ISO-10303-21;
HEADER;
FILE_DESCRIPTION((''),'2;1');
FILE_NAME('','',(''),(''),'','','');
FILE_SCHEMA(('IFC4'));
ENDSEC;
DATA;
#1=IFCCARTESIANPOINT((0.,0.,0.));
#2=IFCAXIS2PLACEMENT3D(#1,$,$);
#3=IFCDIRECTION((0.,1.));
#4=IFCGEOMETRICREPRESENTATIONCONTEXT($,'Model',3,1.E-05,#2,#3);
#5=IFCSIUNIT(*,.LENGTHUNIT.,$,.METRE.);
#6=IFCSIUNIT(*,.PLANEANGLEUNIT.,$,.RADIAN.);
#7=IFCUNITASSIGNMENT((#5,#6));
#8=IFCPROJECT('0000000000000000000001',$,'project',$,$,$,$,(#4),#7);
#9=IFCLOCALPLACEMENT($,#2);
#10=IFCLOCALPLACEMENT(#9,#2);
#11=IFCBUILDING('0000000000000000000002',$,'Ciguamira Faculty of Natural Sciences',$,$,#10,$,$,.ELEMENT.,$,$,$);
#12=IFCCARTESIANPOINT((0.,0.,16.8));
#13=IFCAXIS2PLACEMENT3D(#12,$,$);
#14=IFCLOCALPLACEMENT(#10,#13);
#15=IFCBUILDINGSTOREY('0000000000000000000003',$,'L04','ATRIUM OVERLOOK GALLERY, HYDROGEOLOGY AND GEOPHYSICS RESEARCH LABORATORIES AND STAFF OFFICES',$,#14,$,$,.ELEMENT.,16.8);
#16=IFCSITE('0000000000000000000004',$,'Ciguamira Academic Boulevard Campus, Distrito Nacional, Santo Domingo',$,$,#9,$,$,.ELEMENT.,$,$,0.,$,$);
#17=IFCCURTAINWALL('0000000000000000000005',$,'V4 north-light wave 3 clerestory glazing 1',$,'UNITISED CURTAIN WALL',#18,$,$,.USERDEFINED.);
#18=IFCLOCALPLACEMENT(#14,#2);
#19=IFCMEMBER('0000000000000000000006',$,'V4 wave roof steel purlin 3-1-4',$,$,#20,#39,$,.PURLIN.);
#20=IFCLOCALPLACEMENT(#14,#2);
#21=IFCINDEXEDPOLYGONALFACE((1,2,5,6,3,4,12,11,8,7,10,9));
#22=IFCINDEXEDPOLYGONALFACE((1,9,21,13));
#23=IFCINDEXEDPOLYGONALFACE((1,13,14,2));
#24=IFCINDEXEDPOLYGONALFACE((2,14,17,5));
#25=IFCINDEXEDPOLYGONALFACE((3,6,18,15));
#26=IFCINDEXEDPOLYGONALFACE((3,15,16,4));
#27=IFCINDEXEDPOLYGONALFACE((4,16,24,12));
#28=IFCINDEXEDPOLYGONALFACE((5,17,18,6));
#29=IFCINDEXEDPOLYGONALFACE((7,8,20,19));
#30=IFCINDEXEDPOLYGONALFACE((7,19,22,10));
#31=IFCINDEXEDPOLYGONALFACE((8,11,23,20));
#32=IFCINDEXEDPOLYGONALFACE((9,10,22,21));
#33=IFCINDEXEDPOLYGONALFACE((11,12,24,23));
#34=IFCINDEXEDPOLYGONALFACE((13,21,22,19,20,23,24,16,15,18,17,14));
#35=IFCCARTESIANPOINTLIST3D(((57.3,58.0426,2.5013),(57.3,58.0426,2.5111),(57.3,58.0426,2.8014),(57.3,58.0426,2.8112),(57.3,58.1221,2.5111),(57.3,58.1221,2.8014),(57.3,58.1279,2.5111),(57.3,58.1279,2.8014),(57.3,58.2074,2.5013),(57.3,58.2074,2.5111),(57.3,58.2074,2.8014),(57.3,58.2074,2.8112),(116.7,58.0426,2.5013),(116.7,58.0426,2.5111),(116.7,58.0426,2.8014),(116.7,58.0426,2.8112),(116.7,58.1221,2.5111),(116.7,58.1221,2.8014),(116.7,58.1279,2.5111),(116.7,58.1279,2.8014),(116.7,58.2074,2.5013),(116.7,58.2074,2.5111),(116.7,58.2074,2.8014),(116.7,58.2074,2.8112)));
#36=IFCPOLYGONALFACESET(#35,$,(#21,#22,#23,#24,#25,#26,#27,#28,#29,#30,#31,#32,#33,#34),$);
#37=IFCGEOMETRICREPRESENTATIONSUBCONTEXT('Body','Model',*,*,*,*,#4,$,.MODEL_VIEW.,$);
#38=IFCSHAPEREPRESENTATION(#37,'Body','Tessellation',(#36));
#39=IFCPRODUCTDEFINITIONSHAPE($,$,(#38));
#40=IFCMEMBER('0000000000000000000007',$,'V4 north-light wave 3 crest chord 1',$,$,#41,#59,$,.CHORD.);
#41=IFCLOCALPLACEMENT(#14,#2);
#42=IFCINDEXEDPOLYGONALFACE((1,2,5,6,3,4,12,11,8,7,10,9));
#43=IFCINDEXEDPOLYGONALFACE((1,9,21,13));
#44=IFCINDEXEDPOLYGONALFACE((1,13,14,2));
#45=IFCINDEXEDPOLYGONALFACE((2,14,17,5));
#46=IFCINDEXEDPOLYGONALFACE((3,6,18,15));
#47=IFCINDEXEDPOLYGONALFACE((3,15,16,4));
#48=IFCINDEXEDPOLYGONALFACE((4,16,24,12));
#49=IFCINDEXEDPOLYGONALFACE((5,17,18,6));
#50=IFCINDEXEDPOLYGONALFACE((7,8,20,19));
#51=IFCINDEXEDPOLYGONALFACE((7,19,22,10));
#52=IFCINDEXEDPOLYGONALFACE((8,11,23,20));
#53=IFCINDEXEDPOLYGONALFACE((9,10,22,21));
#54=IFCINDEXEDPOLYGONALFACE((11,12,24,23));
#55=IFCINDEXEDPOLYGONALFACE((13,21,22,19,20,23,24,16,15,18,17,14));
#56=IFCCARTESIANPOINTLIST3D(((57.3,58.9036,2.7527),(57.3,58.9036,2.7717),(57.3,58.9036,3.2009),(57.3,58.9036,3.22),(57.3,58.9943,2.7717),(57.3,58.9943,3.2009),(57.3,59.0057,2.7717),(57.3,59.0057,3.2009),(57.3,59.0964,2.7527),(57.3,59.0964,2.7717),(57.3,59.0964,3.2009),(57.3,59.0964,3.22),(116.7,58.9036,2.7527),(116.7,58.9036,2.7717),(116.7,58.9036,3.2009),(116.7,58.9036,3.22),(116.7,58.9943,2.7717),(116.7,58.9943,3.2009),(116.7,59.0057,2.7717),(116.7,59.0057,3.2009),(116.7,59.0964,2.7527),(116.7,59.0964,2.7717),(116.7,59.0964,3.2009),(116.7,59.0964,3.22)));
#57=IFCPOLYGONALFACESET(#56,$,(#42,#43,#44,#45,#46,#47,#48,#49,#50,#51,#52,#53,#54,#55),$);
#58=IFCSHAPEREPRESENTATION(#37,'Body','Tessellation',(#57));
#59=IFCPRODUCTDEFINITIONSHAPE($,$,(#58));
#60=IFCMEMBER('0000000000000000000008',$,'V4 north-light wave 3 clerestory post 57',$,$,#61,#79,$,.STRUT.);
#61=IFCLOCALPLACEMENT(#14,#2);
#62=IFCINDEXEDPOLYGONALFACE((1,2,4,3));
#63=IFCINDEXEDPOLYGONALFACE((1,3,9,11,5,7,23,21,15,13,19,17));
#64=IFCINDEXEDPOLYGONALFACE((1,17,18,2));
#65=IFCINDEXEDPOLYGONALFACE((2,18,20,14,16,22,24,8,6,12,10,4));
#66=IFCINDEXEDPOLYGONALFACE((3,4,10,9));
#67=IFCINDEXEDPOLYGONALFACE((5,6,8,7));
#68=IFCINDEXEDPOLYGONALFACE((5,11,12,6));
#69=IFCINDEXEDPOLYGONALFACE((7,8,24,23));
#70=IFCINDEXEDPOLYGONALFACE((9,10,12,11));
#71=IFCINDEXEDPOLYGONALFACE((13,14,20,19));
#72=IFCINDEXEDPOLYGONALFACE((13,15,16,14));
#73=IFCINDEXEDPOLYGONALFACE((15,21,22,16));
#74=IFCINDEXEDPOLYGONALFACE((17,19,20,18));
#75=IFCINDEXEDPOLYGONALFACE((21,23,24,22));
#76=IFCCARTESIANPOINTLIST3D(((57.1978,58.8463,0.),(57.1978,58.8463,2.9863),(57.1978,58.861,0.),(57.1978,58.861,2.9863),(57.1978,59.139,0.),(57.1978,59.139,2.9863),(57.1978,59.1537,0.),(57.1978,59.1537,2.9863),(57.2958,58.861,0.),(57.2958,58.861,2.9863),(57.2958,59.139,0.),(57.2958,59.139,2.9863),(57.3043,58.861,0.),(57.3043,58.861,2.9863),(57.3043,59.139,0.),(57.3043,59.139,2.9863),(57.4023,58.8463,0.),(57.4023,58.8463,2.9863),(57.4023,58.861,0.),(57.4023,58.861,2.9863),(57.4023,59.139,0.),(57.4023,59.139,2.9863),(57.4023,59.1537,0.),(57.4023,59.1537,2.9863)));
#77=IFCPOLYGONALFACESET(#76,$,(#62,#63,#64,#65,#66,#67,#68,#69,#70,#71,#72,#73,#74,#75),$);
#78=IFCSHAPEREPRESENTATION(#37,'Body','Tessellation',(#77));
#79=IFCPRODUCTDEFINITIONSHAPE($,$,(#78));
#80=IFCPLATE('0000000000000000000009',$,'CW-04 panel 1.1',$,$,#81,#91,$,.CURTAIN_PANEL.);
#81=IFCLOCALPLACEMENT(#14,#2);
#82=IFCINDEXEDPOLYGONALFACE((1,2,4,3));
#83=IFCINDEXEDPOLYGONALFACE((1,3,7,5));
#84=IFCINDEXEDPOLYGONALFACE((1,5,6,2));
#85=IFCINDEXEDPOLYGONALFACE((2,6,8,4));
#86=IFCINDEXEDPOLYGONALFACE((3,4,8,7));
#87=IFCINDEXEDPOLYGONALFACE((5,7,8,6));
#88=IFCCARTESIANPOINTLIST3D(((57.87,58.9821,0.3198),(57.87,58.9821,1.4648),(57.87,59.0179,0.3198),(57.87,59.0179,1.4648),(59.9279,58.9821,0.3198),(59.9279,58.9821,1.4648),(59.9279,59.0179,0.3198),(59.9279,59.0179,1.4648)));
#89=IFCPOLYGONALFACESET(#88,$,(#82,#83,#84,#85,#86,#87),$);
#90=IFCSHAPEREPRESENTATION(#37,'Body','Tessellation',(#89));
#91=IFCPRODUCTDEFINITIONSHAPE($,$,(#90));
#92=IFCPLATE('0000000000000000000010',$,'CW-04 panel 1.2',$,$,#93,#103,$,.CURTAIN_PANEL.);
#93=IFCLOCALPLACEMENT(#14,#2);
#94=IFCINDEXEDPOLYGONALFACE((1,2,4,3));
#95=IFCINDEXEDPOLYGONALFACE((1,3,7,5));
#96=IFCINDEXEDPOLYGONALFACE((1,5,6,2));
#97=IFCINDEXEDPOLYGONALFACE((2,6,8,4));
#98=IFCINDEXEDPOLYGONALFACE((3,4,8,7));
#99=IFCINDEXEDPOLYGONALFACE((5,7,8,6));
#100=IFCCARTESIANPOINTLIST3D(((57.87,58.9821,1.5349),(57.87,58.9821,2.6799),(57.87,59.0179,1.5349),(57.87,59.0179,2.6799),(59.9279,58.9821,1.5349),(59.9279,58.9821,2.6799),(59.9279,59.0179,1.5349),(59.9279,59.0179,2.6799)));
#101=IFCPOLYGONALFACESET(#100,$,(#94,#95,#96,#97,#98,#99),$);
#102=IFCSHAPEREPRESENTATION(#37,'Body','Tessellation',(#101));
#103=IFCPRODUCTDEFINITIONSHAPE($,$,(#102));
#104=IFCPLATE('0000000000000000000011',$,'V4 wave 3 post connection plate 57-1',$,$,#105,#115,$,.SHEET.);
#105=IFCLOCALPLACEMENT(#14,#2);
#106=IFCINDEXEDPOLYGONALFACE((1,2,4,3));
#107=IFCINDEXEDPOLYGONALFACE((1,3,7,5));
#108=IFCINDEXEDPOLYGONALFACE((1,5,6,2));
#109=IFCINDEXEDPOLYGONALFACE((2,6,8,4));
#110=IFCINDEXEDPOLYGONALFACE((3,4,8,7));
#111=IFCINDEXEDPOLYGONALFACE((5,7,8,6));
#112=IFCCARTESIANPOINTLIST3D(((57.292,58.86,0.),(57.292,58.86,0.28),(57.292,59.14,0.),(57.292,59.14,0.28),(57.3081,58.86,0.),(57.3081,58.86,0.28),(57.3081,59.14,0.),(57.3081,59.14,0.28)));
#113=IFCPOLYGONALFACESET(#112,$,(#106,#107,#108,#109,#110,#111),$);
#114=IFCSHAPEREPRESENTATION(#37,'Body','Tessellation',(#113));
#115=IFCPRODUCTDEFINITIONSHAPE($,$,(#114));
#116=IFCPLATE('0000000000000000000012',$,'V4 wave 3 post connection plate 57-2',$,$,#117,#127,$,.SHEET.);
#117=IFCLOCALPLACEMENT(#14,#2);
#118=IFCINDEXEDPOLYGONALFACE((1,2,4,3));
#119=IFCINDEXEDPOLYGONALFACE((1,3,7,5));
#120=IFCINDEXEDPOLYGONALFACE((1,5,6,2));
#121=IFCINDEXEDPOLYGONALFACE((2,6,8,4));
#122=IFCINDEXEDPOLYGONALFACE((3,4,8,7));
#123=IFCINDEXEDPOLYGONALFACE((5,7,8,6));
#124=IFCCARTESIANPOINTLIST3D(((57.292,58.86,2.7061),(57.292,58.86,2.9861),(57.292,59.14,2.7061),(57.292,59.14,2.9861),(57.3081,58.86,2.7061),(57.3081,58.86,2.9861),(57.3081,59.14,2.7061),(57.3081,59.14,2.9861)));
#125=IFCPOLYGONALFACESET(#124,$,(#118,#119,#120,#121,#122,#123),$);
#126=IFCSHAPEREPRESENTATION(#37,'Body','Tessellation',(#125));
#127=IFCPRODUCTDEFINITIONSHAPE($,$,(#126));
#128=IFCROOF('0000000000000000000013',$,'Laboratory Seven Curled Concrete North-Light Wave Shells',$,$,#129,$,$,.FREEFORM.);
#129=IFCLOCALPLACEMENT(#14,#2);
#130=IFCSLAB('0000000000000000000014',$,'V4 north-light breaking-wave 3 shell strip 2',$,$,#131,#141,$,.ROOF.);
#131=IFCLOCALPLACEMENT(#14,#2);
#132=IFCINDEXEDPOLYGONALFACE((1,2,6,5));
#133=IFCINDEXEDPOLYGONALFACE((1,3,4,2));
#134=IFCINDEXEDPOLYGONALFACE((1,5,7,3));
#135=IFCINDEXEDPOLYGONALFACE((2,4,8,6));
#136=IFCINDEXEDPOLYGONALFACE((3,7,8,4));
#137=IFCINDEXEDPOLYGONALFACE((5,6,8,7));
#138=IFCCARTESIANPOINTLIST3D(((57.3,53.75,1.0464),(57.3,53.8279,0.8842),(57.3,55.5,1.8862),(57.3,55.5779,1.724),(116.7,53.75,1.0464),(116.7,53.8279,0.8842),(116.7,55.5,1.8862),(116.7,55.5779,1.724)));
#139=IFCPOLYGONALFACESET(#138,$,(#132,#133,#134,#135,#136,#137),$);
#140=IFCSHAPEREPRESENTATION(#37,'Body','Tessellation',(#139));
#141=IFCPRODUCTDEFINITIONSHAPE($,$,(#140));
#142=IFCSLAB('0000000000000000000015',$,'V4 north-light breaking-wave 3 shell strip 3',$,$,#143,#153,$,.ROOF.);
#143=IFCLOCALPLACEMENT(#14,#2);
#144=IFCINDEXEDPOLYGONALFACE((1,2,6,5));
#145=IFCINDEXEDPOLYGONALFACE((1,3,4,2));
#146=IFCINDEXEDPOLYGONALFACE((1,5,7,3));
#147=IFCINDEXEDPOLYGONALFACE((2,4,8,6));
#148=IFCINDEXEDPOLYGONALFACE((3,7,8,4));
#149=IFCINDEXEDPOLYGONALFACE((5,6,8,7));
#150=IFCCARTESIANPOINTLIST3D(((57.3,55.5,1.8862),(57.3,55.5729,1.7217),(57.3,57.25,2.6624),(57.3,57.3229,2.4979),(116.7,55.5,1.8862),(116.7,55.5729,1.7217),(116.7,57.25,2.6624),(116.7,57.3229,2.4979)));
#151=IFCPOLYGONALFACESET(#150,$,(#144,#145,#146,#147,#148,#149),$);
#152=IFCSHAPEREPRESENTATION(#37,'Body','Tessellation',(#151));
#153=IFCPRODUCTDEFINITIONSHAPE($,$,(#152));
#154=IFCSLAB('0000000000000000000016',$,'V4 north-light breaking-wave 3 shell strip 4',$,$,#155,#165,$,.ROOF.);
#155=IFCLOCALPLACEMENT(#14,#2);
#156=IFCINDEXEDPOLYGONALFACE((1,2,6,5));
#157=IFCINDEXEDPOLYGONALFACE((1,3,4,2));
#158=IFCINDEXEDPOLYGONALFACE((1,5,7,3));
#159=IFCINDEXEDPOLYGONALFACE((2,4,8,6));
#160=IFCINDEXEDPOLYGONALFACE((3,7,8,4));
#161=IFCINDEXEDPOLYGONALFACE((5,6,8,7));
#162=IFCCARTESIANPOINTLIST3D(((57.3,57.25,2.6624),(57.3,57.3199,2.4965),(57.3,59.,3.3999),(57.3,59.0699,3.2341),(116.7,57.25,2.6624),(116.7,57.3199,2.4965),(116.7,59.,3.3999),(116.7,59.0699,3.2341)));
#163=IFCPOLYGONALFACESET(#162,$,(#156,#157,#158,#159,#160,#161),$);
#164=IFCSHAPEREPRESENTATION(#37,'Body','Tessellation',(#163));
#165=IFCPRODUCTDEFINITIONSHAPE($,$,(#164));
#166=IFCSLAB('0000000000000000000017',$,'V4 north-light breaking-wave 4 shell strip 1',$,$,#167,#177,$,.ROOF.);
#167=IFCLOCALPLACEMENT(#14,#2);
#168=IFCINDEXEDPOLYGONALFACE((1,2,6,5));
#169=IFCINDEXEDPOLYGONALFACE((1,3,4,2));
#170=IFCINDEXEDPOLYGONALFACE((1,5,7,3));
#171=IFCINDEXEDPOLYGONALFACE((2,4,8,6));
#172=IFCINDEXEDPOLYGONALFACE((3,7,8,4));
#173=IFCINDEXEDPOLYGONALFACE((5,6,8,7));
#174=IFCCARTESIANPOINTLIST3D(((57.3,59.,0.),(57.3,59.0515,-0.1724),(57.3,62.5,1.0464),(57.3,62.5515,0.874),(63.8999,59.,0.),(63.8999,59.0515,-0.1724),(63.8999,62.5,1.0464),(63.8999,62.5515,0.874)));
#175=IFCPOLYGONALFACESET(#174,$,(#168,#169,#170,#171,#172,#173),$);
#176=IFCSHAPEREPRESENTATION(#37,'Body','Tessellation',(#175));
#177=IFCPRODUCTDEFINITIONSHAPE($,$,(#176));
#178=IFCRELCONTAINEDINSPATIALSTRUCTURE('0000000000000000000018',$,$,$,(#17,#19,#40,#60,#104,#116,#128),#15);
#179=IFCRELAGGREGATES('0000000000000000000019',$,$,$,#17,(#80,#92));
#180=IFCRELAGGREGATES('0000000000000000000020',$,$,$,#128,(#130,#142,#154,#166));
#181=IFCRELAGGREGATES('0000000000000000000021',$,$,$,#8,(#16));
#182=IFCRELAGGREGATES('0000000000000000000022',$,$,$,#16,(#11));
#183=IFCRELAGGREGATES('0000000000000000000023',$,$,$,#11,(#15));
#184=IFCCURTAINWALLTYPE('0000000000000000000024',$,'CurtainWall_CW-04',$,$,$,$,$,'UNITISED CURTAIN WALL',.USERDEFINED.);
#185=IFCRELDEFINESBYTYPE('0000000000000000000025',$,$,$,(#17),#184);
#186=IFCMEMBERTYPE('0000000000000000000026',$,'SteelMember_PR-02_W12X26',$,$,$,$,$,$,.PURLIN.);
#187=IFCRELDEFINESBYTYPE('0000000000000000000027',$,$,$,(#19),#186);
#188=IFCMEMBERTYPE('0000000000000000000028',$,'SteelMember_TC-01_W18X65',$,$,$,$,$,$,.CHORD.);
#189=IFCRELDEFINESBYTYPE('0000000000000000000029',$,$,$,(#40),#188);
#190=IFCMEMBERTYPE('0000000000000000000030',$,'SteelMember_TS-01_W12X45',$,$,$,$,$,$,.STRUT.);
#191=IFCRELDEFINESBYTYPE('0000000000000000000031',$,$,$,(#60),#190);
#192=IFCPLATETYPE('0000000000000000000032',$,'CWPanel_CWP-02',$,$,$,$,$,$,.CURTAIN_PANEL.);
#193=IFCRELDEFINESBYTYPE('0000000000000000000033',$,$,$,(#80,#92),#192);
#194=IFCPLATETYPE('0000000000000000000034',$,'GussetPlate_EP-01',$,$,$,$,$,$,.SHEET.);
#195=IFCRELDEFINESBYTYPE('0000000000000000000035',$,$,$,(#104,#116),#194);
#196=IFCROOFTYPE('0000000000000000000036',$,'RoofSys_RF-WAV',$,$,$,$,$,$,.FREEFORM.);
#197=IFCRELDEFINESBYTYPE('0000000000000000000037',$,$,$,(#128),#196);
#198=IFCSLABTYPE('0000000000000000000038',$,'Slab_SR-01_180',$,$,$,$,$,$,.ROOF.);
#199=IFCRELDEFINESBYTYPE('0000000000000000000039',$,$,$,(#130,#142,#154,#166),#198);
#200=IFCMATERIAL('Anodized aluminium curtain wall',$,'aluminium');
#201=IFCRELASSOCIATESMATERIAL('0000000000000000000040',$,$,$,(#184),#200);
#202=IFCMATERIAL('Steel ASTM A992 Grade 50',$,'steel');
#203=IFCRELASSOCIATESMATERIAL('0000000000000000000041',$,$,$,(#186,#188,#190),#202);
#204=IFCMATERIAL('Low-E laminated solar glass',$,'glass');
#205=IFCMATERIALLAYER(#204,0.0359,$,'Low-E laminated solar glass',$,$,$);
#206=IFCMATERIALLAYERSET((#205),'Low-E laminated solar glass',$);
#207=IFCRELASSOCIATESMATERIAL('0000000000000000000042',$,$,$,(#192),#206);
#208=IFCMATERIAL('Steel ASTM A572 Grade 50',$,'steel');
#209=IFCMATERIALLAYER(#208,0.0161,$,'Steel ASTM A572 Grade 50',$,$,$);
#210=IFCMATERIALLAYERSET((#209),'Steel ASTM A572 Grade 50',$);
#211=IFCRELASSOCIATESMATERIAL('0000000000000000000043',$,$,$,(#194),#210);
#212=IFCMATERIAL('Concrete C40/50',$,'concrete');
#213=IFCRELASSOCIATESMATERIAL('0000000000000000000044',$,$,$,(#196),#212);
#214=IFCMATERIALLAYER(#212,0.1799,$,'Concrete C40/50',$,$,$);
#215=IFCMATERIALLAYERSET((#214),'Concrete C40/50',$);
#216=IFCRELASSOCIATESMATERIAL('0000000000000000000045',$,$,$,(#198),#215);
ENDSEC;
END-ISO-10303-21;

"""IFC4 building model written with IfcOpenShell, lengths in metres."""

from ifc_helpers import new_model, si_unit, direction, frame, origin, origin_2d, place, context, subcontext, project, spatial, polyline, rectangle, i_section, outline, extrude, material, layer, layer_set, material_profile, profile_set, type_object, element, aggregate, save


model = new_model("IFC4")

# Units and contexts
model_context = context("Model", 3, precision=1e-05, world=origin(), true_north=direction((0.0, 1.0)))
body_context = subcontext(model_context, "Body", "Model", "MODEL_VIEW")
ifc_project = project(units=[si_unit("LENGTHUNIT", "METRE"), si_unit("PLANEANGLEUNIT", "RADIAN")], contexts=[model_context])

# Site, building, storey
site_placement = place(None, origin())
site = spatial("IfcSite", under=ifc_project, at=site_placement, Name="Ciguamira Academic Boulevard Campus, Distrito Nacional, Santo Domingo", CompositionType="ELEMENT", RefElevation=0.0)
building_placement = place(site_placement, origin())
building = spatial("IfcBuilding", under=site, at=building_placement, Name="Ciguamira Faculty of Natural Sciences", CompositionType="ELEMENT")
storey_placement = place(building_placement, frame((0.0, 0.0, 16.8)))
storey = spatial("IfcBuildingStorey", under=building, at=storey_placement, Name="L04", Description="ATRIUM OVERLOOK GALLERY, HYDROGEOLOGY AND GEOPHYSICS RESEARCH LABORATORIES AND STAFF OFFICES", CompositionType="ELEMENT", Elevation=16.8)

# Curtain wall
ifc_material_1 = material(Name="Anodized aluminium curtain wall", Category="aluminium")
curtain_wall_type = type_object("IfcCurtainWallType", Name="CurtainWall_CW-04", ElementType="UNITISED CURTAIN WALL", PredefinedType="USERDEFINED", material=ifc_material_1)
curtain_wall_placement = place(storey_placement, origin())
curtain_wall = element("IfcCurtainWall", 1, at=curtain_wall_placement, inside=storey, type_object=curtain_wall_type, Name="V4 north-light wave 3 clerestory glazing 1", ObjectType="UNITISED CURTAIN WALL", PredefinedType="USERDEFINED")

# Shared definitions
ifc_material_2 = material(Name="Concrete C40/50", Category="concrete")

# Members
ifc_material_3 = material(Name="Steel ASTM A992 Grade 50", Category="steel")
ifc_material_profile_1 = material_profile(ifc_material_3, i_section(OverallWidth=0.1648, OverallDepth=0.3098, WebThickness=0.0059, FlangeThickness=0.0098, at=origin_2d()), Name="W12X26")
ifc_profile_set_1 = profile_set([ifc_material_profile_1], Name="Steel ASTM A992 Grade 50")
member_type_1 = type_object("IfcMemberType", Name="SteelMember_PR-02_W12X26", PredefinedType="PURLIN", material=ifc_profile_set_1)
for number, where, z_axis, x_axis, name in (
    (2, (57.3, 58.125, 2.6562), (1.0, 0.0, 0.0), (0.0, 1.0, 0.0), "V4 wave roof steel purlin 3-1-4"),
):
    element("IfcMember", number, at=place(storey_placement, frame(where, z_axis=z_axis, x_axis=x_axis)), inside=storey, type_object=member_type_1, Name=name, PredefinedType="PURLIN", context=body_context, shape_type="SweptSolid", body=[
        extrude(i_section(OverallWidth=0.1648, OverallDepth=0.3098, WebThickness=0.0059, FlangeThickness=0.0098, at=origin_2d()), origin(), (0.0, 0.0, 1.0), 59.3999),
    ])
ifc_material_profile_2 = material_profile(ifc_material_3, i_section(OverallWidth=0.1929, OverallDepth=0.4673, WebThickness=0.0115, FlangeThickness=0.019, at=origin_2d()), Name="W18X65")
ifc_profile_set_2 = profile_set([ifc_material_profile_2], Name="Steel ASTM A992 Grade 50")
member_type_2 = type_object("IfcMemberType", Name="SteelMember_TC-01_W18X65", PredefinedType="CHORD", material=ifc_profile_set_2)
member_1_placement = place(storey_placement, frame((57.3, 59.0, 2.9863), z_axis=(1.0, 0.0, 0.0), x_axis=(0.0, 1.0, 0.0)))
element("IfcMember", 3, at=member_1_placement, inside=storey, type_object=member_type_2, Name="V4 north-light wave 3 crest chord 1", PredefinedType="CHORD", context=body_context, shape_type="SweptSolid", body=[
    extrude(i_section(OverallWidth=0.1929, OverallDepth=0.4673, WebThickness=0.0115, FlangeThickness=0.019, at=origin_2d()), origin(), (0.0, 0.0, 1.0), 59.3999),
])
ifc_material_profile_3 = material_profile(ifc_material_3, i_section(OverallWidth=0.2046, OverallDepth=0.3074, WebThickness=0.0085, FlangeThickness=0.0146, at=origin_2d()), Name="W12X45")
ifc_profile_set_3 = profile_set([ifc_material_profile_3], Name="Steel ASTM A992 Grade 50")
member_type_3 = type_object("IfcMemberType", Name="SteelMember_TS-01_W12X45", PredefinedType="STRUT", material=ifc_profile_set_3)
member_2_placement = place(storey_placement, frame((57.3, 59.0, 0.0), z_axis=(0.0, 0.0, 1.0), x_axis=(1.0, 0.0, 0.0)))
element("IfcMember", 4, at=member_2_placement, inside=storey, type_object=member_type_3, Name="V4 north-light wave 3 clerestory post 57", PredefinedType="STRUT", context=body_context, shape_type="SweptSolid", body=[
    extrude(i_section(OverallWidth=0.2046, OverallDepth=0.3074, WebThickness=0.0085, FlangeThickness=0.0146, at=origin_2d()), origin(), (0.0, 0.0, 1.0), 2.9863),
])

# Plates
ifc_material_4 = material(Name="Low-E laminated solar glass", Category="glass")
ifc_layer_1 = layer(ifc_material_4, 0.0359, Name="Low-E laminated solar glass")
ifc_layer_set_1 = layer_set([ifc_layer_1], Name="Low-E laminated solar glass")
plate_type_1 = type_object("IfcPlateType", Name="CWPanel_CWP-02", PredefinedType="CURTAIN_PANEL", material=ifc_layer_set_1)
plate_1_placement = place(storey_placement, frame((58.8989, 59.0, 0.3198), z_axis=(0.0, 0.0, 1.0), x_axis=(1.0, 0.0, 0.0)))
plate_1 = element("IfcPlate", 5, at=plate_1_placement, type_object=plate_type_1, Name="CW-04 panel 1.1", PredefinedType="CURTAIN_PANEL", context=body_context, shape_type="SweptSolid", body=[
    extrude(rectangle(XDim=2.0579, YDim=0.0359, at=origin_2d()), origin(), (0.0, 0.0, 1.0), 1.145),
])
plate_2_placement = place(storey_placement, frame((58.8989, 59.0, 1.5349), z_axis=(0.0, 0.0, 1.0), x_axis=(1.0, 0.0, 0.0)))
plate_2 = element("IfcPlate", 6, at=plate_2_placement, type_object=plate_type_1, Name="CW-04 panel 1.2", PredefinedType="CURTAIN_PANEL", context=body_context, shape_type="SweptSolid", body=[
    extrude(rectangle(XDim=2.0579, YDim=0.0359, at=origin_2d()), origin(), (0.0, 0.0, 1.0), 1.145),
])
aggregate(curtain_wall, [plate_1, plate_2])

# Plates
ifc_material_5 = material(Name="Steel ASTM A572 Grade 50", Category="steel")
ifc_layer_2 = layer(ifc_material_5, 0.0161, Name="Steel ASTM A572 Grade 50")
ifc_layer_set_2 = layer_set([ifc_layer_2], Name="Steel ASTM A572 Grade 50")
plate_type_2 = type_object("IfcPlateType", Name="GussetPlate_EP-01", PredefinedType="SHEET", material=ifc_layer_set_2)
for number, where, z_axis, x_axis, name in (
    (7, (57.3, 59.0, 0.0), (0.0, 0.0, 1.0), (1.0, 0.0, 0.0), "V4 wave 3 post connection plate 57-1"),
    (8, (57.3, 59.0, 2.7061), (0.0, 0.0, 1.0), (1.0, 0.0, 0.0), "V4 wave 3 post connection plate 57-2"),
):
    element("IfcPlate", number, at=place(storey_placement, frame(where, z_axis=z_axis, x_axis=x_axis)), inside=storey, type_object=plate_type_2, Name=name, PredefinedType="SHEET", context=body_context, shape_type="SweptSolid", body=[
        extrude(rectangle(XDim=0.0161, YDim=0.28, at=origin_2d()), origin(), (0.0, 0.0, 1.0), 0.28),
    ])

# Roof, slabs
roof_type = type_object("IfcRoofType", Name="RoofSys_RF-WAV", PredefinedType="FREEFORM", material=ifc_material_2)
roof_placement = place(storey_placement, origin())
roof = element("IfcRoof", 9, at=roof_placement, inside=storey, type_object=roof_type, Name="Laboratory Seven Curled Concrete North-Light Wave Shells", PredefinedType="FREEFORM")
ifc_layer_3 = layer(ifc_material_2, 0.1799, Name="Concrete C40/50")
ifc_layer_set_3 = layer_set([ifc_layer_3], Name="Concrete C40/50")
slab_type = type_object("IfcSlabType", Name="Slab_SR-01_180", PredefinedType="ROOF", material=ifc_layer_set_3)
slab_1_placement = place(storey_placement, frame((57.3, 53.75, 1.0464), z_axis=(0.0, -0.432666, 0.901554), x_axis=(1.0, 0.0, 0.0)))
slab_1 = element("IfcSlab", 10, at=slab_1_placement, type_object=slab_type, Name="V4 north-light breaking-wave 3 shell strip 2", PredefinedType="ROOF", context=body_context, shape_type="SweptSolid", body=[
    extrude(outline(polyline([(0.0, 0.0), (59.3999, 0.0), (59.3999, 1.9411), (0.0, 1.9411), (0.0, 0.0)])), origin(), (0.0, 0.0, -1.0), 0.1799),
])
slab_2_placement = place(storey_placement, frame((57.3, 55.5, 1.8862), z_axis=(0.0, -0.405417, 0.914132), x_axis=(1.0, 0.0, 0.0)))
slab_2 = element("IfcSlab", 11, at=slab_2_placement, type_object=slab_type, Name="V4 north-light breaking-wave 3 shell strip 3", PredefinedType="ROOF", context=body_context, shape_type="SweptSolid", body=[
    extrude(outline(polyline([(0.0, 0.0), (59.3999, 0.0), (59.3999, 1.9144), (0.0, 1.9144), (0.0, 0.0)])), origin(), (0.0, 0.0, -1.0), 0.1799),
])
slab_3_placement = place(storey_placement, frame((57.3, 57.25, 2.6624), z_axis=(0.0, -0.388373, 0.921502), x_axis=(1.0, 0.0, 0.0)))
slab_3 = element("IfcSlab", 12, at=slab_3_placement, type_object=slab_type, Name="V4 north-light breaking-wave 3 shell strip 4", PredefinedType="ROOF", context=body_context, shape_type="SweptSolid", body=[
    extrude(outline(polyline([(0.0, 0.0), (59.3999, 0.0), (59.3999, 1.8991), (0.0, 1.8991), (0.0, 0.0)])), origin(), (0.0, 0.0, -1.0), 0.1799),
])
slab_4_placement = place(storey_placement, frame((57.3, 59.0, 0.0), z_axis=(0.0, -0.28644, 0.958098), x_axis=(1.0, 0.0, 0.0)))
slab_4 = element("IfcSlab", 13, at=slab_4_placement, type_object=slab_type, Name="V4 north-light breaking-wave 4 shell strip 1", PredefinedType="ROOF", context=body_context, shape_type="SweptSolid", body=[
    extrude(outline(polyline([(0.0, 0.0), (6.5999, 0.0), (6.5999, 3.6531), (0.0, 3.6531), (0.0, 0.0)])), origin(), (0.0, 0.0, -1.0), 0.1799),
])
aggregate(roof, [slab_1, slab_2, slab_3, slab_4])

save(model, "model.ifc")
